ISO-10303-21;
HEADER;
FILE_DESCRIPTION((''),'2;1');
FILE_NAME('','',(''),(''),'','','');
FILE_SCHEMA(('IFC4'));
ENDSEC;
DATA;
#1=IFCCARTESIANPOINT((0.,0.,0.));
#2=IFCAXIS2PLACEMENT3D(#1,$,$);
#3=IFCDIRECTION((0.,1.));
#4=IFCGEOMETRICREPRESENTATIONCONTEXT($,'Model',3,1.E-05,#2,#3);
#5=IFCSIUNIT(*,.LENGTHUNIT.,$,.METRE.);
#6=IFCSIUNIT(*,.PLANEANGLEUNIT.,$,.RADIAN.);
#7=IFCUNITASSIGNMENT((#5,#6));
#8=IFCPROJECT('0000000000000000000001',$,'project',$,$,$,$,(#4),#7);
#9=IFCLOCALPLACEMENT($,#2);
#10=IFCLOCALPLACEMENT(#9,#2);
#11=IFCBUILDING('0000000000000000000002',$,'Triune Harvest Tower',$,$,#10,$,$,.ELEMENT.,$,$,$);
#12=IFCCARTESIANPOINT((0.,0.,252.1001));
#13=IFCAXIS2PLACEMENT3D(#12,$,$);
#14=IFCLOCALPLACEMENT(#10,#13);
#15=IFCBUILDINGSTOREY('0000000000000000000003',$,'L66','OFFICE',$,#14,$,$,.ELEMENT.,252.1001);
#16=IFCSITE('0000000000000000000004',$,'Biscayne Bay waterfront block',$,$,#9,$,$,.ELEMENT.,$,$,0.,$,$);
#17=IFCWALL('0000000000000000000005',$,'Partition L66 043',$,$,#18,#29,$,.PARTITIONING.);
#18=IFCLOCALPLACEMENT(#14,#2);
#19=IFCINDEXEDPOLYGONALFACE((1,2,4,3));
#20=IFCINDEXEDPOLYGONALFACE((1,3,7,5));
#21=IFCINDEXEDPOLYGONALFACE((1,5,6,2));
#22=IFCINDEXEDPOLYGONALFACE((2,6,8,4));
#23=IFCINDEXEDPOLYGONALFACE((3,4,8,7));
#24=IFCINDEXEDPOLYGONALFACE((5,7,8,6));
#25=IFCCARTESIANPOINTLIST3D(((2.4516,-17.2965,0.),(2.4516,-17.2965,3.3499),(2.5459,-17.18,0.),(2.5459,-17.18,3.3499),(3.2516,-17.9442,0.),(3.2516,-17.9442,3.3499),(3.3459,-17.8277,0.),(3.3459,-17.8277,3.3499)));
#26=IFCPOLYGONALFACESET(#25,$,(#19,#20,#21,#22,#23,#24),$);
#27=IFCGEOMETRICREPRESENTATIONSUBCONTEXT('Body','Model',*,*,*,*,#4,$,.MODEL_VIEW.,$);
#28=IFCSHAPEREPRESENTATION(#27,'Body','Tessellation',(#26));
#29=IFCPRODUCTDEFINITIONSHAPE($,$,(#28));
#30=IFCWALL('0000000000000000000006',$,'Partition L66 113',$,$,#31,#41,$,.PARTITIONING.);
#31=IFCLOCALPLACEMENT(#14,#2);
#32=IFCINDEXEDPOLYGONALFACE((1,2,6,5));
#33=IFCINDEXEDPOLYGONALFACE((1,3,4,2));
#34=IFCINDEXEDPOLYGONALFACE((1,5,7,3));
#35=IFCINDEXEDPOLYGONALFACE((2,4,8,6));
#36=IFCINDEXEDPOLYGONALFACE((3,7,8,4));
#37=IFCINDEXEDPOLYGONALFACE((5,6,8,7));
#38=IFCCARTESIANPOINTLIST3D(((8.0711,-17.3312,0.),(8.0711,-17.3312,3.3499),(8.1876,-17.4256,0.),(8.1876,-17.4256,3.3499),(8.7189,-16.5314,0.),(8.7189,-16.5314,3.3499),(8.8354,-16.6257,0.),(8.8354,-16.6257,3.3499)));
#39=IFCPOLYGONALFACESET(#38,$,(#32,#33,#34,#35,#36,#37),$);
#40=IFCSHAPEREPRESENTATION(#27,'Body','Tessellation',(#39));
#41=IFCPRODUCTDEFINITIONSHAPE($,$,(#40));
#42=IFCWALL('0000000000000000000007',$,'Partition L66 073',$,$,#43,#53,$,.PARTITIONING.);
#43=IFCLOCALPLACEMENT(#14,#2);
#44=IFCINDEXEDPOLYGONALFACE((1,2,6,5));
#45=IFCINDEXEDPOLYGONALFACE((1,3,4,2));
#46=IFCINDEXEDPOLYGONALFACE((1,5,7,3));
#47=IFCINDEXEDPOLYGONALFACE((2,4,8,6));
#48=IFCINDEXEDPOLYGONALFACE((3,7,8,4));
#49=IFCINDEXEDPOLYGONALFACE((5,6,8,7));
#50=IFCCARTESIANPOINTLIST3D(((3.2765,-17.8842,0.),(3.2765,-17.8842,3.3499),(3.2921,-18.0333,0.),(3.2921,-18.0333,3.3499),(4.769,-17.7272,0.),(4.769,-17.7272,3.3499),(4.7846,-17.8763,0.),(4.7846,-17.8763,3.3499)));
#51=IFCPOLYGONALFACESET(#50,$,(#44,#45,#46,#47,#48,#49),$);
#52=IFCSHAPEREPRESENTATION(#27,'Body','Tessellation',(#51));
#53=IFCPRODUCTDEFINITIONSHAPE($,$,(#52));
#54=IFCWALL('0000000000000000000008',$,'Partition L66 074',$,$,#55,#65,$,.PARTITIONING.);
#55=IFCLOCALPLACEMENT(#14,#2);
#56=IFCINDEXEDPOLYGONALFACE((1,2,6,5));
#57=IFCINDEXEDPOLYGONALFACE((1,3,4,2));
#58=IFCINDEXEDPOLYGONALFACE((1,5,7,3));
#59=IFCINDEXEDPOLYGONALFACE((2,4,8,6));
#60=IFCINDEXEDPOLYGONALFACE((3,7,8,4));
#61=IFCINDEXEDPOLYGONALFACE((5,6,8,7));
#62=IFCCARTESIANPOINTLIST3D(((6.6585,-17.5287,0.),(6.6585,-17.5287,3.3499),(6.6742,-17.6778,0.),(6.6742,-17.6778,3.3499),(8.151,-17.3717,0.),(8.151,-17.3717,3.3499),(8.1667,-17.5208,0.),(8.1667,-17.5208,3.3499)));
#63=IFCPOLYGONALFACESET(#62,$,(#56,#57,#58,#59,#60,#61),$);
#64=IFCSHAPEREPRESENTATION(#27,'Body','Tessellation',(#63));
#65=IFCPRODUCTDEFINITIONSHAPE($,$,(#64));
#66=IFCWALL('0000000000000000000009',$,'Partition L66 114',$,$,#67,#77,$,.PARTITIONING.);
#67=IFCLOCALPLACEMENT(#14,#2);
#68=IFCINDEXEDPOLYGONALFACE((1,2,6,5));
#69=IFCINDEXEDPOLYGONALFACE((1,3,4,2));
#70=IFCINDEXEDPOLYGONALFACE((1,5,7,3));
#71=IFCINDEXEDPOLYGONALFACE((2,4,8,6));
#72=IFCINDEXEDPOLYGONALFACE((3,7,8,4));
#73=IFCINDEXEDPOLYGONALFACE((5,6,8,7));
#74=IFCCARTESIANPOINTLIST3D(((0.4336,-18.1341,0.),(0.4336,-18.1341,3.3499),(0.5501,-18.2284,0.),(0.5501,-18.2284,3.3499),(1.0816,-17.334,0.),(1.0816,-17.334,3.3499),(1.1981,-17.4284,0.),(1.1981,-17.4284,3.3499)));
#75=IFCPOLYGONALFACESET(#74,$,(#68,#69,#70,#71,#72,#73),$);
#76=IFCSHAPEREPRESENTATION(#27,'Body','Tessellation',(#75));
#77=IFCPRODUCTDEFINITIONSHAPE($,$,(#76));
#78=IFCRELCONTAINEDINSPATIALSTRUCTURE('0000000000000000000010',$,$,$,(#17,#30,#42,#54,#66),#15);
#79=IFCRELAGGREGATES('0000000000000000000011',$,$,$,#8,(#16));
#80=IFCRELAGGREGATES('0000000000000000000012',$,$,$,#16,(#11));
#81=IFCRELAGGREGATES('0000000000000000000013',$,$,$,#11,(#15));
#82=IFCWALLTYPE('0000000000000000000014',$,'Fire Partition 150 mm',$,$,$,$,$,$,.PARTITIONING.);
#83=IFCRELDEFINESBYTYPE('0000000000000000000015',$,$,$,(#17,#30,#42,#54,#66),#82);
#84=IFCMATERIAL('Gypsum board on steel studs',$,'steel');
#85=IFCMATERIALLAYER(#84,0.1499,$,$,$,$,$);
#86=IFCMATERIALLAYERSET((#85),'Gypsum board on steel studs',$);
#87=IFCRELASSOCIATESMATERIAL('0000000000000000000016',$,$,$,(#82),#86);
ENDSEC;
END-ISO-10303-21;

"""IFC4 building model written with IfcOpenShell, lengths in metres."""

from ifc_helpers import new_model, si_unit, direction, frame, frame_2d, origin, place, context, subcontext, project, spatial, rectangle, extrude, source, transform, mapped, material, layer, layer_set, type_object, element, save


model = new_model("IFC4")

# Units and contexts
model_context = context("Model", 3, precision=1e-05, world=origin(), true_north=direction((0.0, 1.0)))
body_context = subcontext(model_context, "Body", "Model", "MODEL_VIEW")
ifc_project = project(units=[si_unit("LENGTHUNIT", "METRE"), si_unit("PLANEANGLEUNIT", "RADIAN")], contexts=[model_context])

# Site, building, storey
site_placement = place(None, origin())
site = spatial("IfcSite", under=ifc_project, at=site_placement, Name="Biscayne Bay waterfront block", CompositionType="ELEMENT", RefElevation=0.0)
building_placement = place(site_placement, origin())
building = spatial("IfcBuilding", under=site, at=building_placement, Name="Triune Harvest Tower", CompositionType="ELEMENT")
storey_placement = place(building_placement, frame((0.0, 0.0, 252.1001)))
storey = spatial("IfcBuildingStorey", under=building, at=storey_placement, Name="L66", Description="OFFICE", CompositionType="ELEMENT", Elevation=252.1001)

# Walls
ifc_material_1 = material(Name="Gypsum board on steel studs", Category="steel")
ifc_layer_1 = layer(ifc_material_1, 0.1499)
ifc_layer_set_1 = layer_set([ifc_layer_1], Name="Gypsum board on steel studs")
wall_type_1 = type_object("IfcWallType", Name="Fire Partition 150 mm", PredefinedType="PARTITIONING", material=ifc_layer_set_1)
shared_shape_1 = source(origin(), body_context, "Body", "SweptSolid", [
    extrude(rectangle(XDim=1.0293, YDim=0.1499, at=frame_2d((0.5146, 0.0))), origin(), (0.0, 0.0, 1.0), 3.3499),
])
for number, where, z_axis, x_axis, name in (
    (1, (2.4988, -17.2383, 0.0), (0.0, 0.0, 1.0), (0.777223, -0.629226, 0.0), "Partition L66 043"),
    (2, (8.1294, -17.3784, 0.0), (0.0, 0.0, 1.0), (0.629342, 0.777129, 0.0), "Partition L66 113"),
):
    element("IfcWall", number, at=place(storey_placement, frame(where, z_axis=z_axis, x_axis=x_axis)), inside=storey, type_object=wall_type_1, Name=name, PredefinedType="PARTITIONING", context=body_context, shape_type="MappedRepresentation", body=[
        mapped(shared_shape_1, transform((0.0, 0.0, 0.0), scale=1.0)),
    ])
shared_shape_2 = source(origin(), body_context, "Body", "SweptSolid", [
    extrude(rectangle(XDim=1.5007, YDim=0.1499, at=frame_2d((0.7505, 0.0))), origin(), (0.0, 0.0, 1.0), 3.3499),
])
for number, where, z_axis, x_axis, name in (
    (3, (3.2842, -17.9587, 0.0), (0.0, 0.0, 1.0), (0.994513, 0.104609, 0.0), "Partition L66 073"),
    (4, (6.6663, -17.6033, 0.0), (0.0, 0.0, 1.0), (0.994513, 0.104609, 0.0), "Partition L66 074"),
):
    element("IfcWall", number, at=place(storey_placement, frame(where, z_axis=z_axis, x_axis=x_axis)), inside=storey, type_object=wall_type_1, Name=name, PredefinedType="PARTITIONING", context=body_context, shape_type="MappedRepresentation", body=[
        mapped(shared_shape_2, transform((0.0, 0.0, 0.0), scale=1.0)),
    ])
shared_shape_3 = source(origin(), body_context, "Body", "SweptSolid", [
    extrude(rectangle(XDim=1.0295, YDim=0.1499, at=frame_2d((0.5146, 0.0))), origin(), (0.0, 0.0, 1.0), 3.3499),
])
wall_1_placement = place(storey_placement, frame((0.4919, -18.1812, 0.0), z_axis=(0.0, 0.0, 1.0), x_axis=(0.629369, 0.777107, 0.0)))
element("IfcWall", 5, at=wall_1_placement, inside=storey, type_object=wall_type_1, Name="Partition L66 114", PredefinedType="PARTITIONING", context=body_context, shape_type="MappedRepresentation", body=[
    mapped(shared_shape_3, transform((0.0, 0.0, 0.0), scale=1.0)),
])

save(model, "model.ifc")
